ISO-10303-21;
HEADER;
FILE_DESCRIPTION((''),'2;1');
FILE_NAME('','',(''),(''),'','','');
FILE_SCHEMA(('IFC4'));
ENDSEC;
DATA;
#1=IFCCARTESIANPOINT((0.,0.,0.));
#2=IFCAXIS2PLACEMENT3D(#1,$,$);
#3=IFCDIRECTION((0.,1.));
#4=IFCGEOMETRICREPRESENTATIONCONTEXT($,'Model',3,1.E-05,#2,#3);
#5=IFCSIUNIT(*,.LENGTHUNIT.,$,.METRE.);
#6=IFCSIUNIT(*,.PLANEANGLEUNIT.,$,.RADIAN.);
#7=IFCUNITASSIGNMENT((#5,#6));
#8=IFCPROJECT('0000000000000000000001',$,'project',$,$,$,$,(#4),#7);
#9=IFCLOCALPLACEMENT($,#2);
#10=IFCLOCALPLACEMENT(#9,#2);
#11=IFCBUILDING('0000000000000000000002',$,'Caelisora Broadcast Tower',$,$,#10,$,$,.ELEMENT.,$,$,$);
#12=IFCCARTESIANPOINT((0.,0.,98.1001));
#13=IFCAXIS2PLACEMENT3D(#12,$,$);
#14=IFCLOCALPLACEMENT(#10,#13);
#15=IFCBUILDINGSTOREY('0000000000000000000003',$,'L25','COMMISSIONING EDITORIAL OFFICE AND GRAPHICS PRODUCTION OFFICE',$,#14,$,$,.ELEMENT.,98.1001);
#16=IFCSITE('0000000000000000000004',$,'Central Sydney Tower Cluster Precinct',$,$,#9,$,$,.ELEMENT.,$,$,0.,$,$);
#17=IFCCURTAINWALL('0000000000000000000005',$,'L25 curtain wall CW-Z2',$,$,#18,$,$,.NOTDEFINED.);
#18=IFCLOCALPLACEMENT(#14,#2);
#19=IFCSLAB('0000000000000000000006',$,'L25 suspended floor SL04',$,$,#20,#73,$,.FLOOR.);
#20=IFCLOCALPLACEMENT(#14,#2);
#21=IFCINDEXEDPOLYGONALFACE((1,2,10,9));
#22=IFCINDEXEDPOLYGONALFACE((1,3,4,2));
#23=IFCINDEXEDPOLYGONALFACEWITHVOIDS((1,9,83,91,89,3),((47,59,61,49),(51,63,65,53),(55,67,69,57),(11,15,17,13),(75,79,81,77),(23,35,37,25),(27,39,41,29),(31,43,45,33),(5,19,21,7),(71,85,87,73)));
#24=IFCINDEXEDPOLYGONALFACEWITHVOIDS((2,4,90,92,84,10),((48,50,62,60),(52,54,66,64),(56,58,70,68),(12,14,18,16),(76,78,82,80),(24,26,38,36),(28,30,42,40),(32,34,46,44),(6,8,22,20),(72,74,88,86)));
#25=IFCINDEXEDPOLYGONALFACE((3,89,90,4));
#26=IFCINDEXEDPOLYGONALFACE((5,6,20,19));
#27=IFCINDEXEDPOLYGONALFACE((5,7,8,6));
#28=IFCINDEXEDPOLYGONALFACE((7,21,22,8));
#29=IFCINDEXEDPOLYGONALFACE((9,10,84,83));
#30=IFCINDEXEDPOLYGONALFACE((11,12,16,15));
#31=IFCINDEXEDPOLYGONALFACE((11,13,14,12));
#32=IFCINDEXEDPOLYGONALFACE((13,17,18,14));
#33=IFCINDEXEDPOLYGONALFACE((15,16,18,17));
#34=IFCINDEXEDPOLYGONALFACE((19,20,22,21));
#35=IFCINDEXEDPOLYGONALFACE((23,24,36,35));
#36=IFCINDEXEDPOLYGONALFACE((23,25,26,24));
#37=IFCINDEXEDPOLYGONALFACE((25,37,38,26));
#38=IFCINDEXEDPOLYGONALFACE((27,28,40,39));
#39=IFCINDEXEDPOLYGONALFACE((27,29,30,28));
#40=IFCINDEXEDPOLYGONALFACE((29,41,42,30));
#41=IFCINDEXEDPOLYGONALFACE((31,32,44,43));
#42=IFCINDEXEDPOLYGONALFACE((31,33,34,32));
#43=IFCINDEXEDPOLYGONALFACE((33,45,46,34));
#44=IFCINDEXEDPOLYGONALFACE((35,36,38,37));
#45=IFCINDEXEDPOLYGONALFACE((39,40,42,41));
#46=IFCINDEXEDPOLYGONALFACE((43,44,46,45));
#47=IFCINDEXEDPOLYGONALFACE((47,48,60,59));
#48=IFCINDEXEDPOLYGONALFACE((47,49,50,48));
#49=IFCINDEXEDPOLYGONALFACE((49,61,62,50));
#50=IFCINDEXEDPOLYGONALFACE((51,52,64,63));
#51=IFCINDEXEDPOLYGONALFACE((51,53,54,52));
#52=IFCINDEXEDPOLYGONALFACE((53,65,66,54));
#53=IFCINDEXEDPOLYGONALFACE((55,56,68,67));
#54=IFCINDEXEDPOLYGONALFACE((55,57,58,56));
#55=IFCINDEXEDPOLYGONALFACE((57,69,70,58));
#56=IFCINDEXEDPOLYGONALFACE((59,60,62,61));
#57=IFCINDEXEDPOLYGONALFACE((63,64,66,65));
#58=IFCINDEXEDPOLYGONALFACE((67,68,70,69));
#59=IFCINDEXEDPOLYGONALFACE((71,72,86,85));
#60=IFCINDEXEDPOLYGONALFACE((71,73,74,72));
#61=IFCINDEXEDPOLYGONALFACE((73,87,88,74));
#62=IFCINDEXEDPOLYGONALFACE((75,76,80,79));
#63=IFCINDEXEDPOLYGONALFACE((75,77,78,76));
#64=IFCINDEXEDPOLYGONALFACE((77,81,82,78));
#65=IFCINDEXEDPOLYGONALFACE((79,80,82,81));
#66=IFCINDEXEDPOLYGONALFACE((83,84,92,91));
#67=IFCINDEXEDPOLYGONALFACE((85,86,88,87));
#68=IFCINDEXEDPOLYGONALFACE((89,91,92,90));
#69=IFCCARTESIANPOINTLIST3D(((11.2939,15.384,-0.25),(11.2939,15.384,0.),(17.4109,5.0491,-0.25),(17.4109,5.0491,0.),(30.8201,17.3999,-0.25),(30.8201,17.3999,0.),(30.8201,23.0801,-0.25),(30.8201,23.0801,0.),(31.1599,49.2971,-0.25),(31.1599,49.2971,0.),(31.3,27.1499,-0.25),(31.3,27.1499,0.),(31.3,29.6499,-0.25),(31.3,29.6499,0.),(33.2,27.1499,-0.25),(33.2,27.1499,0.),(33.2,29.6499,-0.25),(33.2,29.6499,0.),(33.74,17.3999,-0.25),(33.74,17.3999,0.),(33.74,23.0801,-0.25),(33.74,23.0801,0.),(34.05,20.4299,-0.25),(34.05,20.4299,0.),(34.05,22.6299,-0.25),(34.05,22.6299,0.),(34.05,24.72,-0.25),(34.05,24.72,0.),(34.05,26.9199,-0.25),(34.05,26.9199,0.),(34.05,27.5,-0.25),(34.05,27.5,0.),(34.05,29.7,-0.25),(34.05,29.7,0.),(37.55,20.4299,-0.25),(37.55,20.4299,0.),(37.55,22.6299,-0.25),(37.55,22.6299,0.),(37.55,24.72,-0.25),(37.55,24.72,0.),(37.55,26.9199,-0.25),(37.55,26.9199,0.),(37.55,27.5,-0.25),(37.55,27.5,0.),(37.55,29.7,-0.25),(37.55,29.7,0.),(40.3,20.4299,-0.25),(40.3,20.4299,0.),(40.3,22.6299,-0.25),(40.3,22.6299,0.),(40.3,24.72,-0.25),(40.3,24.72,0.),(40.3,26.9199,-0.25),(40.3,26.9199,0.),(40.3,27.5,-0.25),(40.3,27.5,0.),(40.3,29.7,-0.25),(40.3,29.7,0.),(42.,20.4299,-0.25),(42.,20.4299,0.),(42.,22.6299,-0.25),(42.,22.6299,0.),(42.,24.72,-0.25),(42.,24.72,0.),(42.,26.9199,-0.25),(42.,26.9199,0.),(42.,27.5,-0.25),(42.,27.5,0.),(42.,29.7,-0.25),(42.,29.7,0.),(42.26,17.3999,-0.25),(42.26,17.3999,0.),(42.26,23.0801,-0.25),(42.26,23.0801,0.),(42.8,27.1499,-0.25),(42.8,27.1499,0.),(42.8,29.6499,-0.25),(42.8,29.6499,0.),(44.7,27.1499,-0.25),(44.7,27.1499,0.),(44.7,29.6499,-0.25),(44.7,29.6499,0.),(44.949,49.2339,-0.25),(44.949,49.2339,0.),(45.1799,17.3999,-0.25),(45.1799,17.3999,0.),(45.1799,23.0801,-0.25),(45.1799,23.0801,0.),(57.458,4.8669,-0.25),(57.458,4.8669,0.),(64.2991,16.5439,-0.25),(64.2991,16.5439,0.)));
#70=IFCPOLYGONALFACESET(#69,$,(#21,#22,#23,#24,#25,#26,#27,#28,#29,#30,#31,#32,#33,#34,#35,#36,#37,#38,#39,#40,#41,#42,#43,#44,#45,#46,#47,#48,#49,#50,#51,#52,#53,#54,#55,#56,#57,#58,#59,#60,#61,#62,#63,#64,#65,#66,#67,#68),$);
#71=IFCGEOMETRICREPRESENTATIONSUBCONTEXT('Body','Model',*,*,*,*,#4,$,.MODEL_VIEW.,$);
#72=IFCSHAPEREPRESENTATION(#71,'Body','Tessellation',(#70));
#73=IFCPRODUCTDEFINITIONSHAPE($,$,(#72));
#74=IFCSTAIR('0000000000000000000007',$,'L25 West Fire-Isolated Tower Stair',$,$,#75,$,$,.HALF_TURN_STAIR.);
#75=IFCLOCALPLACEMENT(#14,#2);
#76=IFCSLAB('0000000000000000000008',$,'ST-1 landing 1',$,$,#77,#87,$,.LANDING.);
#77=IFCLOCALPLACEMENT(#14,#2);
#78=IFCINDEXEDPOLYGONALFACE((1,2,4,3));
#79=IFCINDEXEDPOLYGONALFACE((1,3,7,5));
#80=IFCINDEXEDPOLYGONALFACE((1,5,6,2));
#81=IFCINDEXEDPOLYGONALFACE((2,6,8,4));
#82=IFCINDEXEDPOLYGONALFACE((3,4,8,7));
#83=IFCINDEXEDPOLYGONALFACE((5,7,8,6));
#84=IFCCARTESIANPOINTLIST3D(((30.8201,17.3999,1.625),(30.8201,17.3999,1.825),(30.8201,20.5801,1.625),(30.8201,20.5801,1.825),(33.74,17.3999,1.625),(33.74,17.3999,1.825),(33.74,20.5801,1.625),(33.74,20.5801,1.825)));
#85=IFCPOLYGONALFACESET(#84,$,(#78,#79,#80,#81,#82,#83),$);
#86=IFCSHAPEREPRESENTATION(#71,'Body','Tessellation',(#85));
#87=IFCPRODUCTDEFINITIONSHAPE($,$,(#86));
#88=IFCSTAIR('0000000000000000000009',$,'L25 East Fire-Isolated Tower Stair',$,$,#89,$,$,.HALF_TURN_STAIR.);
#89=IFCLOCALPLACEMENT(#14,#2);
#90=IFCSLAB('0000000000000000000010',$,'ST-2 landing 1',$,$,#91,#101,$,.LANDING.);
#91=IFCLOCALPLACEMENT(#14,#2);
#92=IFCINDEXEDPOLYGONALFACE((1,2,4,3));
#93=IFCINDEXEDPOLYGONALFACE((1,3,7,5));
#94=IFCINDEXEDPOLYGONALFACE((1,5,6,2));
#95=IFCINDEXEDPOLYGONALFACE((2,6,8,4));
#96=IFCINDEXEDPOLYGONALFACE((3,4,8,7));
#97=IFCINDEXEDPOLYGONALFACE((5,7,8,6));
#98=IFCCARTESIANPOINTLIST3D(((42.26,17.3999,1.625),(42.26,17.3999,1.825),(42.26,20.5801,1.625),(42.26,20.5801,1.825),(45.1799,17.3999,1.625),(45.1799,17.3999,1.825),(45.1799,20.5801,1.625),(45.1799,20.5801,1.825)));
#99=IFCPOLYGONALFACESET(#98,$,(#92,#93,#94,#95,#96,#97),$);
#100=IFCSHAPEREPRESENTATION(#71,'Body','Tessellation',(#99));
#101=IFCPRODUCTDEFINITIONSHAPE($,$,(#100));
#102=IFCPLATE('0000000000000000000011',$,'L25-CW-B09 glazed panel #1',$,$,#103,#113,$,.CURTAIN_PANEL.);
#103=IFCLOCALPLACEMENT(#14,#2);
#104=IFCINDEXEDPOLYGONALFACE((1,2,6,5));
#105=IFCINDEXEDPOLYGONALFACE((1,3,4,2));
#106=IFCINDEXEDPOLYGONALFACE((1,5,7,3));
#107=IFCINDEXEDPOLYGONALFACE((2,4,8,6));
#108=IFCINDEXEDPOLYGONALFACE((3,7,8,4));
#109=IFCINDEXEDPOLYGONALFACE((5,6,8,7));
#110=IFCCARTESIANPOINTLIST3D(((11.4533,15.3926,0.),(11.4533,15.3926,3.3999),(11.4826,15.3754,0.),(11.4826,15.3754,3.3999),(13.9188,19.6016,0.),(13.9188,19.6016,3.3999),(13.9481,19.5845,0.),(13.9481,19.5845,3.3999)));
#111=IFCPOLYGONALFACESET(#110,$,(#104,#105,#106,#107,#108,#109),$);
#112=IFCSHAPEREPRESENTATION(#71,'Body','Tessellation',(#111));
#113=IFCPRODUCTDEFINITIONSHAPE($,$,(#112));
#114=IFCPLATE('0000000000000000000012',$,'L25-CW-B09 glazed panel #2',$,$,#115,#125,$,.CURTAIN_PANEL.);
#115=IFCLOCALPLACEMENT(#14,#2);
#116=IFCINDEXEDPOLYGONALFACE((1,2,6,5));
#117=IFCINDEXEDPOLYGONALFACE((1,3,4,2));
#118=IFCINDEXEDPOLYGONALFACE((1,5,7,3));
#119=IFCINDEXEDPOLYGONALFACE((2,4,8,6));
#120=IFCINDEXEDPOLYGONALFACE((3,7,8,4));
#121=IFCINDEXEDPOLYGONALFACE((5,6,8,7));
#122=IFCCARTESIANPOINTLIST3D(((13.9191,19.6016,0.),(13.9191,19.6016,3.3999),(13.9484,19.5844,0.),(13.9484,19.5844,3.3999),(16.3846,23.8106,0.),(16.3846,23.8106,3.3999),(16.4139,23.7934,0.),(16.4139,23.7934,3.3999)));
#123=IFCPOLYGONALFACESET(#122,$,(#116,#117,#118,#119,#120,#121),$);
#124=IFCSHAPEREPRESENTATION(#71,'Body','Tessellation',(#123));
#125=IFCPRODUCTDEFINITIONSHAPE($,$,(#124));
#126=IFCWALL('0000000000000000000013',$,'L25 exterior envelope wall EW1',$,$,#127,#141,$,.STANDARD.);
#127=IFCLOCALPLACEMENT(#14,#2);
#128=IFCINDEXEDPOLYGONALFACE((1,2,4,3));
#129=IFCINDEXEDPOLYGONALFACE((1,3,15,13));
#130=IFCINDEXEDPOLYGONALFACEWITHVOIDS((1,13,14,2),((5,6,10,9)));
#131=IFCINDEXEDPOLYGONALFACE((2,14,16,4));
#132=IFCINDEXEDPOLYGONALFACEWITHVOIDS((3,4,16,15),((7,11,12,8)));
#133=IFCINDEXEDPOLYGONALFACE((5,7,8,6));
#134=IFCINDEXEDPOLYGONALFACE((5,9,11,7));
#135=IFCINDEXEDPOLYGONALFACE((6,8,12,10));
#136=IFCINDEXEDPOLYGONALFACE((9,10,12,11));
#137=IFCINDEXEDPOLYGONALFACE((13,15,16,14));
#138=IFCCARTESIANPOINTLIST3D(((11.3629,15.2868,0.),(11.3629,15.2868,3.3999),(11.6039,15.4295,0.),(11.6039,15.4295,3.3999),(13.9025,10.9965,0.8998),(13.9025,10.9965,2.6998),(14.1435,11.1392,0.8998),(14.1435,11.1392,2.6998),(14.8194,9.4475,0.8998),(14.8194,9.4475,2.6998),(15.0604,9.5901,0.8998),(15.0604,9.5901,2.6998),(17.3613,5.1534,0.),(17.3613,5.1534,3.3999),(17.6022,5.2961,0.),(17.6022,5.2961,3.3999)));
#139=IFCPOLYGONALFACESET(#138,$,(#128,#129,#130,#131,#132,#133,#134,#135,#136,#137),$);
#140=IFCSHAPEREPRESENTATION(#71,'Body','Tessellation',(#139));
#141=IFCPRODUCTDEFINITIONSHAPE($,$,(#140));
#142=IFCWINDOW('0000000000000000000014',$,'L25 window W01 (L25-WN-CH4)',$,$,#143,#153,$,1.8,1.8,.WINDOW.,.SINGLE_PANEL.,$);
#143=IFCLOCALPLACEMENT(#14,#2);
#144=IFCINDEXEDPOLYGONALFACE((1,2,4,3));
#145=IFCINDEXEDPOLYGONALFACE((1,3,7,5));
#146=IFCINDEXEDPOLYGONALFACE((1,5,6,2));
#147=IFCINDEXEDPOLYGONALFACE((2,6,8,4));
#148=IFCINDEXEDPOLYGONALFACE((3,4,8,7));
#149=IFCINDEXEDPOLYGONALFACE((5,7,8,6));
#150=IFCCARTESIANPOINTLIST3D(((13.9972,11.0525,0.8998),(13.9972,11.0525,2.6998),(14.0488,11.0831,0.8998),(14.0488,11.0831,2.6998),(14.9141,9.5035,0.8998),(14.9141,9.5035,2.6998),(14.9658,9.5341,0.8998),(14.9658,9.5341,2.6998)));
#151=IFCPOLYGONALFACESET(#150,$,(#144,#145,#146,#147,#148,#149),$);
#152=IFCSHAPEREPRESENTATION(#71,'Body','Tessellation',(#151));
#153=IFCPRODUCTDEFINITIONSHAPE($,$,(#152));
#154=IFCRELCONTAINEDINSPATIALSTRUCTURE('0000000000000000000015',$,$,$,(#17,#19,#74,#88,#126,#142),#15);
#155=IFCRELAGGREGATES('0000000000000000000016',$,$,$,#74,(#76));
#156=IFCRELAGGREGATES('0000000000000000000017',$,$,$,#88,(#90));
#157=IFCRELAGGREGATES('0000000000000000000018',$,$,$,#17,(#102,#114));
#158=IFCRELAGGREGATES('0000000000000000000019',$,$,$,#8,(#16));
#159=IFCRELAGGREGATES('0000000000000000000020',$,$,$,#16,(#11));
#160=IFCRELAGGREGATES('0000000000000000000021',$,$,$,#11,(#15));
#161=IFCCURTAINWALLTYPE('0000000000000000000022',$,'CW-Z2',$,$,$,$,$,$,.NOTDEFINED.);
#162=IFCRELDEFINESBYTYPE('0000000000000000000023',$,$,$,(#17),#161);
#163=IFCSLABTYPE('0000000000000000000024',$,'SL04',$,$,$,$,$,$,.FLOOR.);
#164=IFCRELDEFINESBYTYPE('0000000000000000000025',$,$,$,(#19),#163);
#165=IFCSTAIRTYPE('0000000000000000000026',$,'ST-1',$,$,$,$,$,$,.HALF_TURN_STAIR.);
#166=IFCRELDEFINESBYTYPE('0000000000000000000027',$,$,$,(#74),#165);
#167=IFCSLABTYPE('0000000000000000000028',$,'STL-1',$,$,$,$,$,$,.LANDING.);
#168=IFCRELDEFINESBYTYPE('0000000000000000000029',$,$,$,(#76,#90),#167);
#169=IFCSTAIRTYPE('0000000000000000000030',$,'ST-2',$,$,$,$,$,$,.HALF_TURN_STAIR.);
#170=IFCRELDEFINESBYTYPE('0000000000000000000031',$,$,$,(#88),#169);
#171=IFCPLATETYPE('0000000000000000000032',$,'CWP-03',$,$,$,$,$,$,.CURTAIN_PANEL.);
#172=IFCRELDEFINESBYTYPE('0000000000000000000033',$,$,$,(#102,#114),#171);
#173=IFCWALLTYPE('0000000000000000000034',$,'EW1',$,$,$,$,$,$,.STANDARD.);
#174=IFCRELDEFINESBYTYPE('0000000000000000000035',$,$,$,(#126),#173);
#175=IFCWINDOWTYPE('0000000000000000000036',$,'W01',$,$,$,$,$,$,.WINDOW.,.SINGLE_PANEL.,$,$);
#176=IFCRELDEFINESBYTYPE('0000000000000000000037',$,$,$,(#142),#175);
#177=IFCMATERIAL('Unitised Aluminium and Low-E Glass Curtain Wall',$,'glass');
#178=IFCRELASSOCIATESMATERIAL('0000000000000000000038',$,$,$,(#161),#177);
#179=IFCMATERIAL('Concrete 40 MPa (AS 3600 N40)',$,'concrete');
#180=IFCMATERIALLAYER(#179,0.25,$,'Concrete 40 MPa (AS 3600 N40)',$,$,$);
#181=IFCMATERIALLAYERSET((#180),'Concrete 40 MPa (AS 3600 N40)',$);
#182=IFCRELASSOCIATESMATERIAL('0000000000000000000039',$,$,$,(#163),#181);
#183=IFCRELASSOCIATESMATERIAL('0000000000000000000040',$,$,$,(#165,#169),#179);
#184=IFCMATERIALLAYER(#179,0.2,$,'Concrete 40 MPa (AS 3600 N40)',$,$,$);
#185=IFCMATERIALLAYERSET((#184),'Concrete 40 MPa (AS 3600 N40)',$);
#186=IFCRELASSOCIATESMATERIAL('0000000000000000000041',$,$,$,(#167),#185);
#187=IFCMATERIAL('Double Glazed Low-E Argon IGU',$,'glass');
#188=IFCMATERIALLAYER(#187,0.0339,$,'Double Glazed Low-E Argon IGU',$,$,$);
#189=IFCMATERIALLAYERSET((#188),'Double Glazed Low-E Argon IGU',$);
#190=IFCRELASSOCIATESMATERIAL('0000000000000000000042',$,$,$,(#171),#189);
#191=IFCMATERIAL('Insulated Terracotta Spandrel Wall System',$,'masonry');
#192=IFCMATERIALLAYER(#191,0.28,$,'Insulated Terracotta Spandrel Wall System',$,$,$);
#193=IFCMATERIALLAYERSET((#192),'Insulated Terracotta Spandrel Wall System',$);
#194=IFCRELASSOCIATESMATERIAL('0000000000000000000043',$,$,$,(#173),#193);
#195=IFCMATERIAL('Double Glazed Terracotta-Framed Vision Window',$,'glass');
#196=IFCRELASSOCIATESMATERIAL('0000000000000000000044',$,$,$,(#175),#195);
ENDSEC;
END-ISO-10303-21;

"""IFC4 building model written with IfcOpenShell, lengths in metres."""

from ifc_helpers import new_model, si_unit, direction, frame, frame_2d, origin, origin_2d, place, context, subcontext, project, spatial, polyline, rectangle, outline, extrude, source, transform, mapped, material, layer, layer_set, type_object, type_shapes, element, fill, aggregate, save


model = new_model("IFC4")

# Units and contexts
model_context = context("Model", 3, precision=1e-05, world=origin(), true_north=direction((0.0, 1.0)))
body_context = subcontext(model_context, "Body", "Model", "MODEL_VIEW")
ifc_project = project(units=[si_unit("LENGTHUNIT", "METRE"), si_unit("PLANEANGLEUNIT", "RADIAN")], contexts=[model_context])

# Site, building, storey
site_placement = place(None, origin())
site = spatial("IfcSite", under=ifc_project, at=site_placement, Name="Central Sydney Tower Cluster Precinct", CompositionType="ELEMENT", RefElevation=0.0)
building_placement = place(site_placement, origin())
building = spatial("IfcBuilding", under=site, at=building_placement, Name="Caelisora Broadcast Tower", CompositionType="ELEMENT")
storey_placement = place(building_placement, frame((0.0, 0.0, 98.1001)))
storey = spatial("IfcBuildingStorey", under=building, at=storey_placement, Name="L25", Description="COMMISSIONING EDITORIAL OFFICE AND GRAPHICS PRODUCTION OFFICE", CompositionType="ELEMENT", Elevation=98.1001)

# Shared definitions
ifc_material_1 = material(Name="Unitised Aluminium and Low-E Glass Curtain Wall", Category="glass")
curtain_wall_type = type_object("IfcCurtainWallType", Name="CW-Z2", PredefinedType="NOTDEFINED", material=ifc_material_1)

# Curtain wall
curtain_wall_1_placement = place(storey_placement, origin())
curtain_wall_1 = element("IfcCurtainWall", 1, at=curtain_wall_1_placement, inside=storey, type_object=curtain_wall_type, Name="L25 curtain wall CW-Z2", PredefinedType="NOTDEFINED")

# Slab
ifc_material_2 = material(Name="Concrete 40 MPa (AS 3600 N40)", Category="concrete")
ifc_layer_1 = layer(ifc_material_2, 0.25, Name="Concrete 40 MPa (AS 3600 N40)")
ifc_layer_set_1 = layer_set([ifc_layer_1], Name="Concrete 40 MPa (AS 3600 N40)")
slab_type_1 = type_object("IfcSlabType", Name="SL04", PredefinedType="FLOOR", material=ifc_layer_set_1)
slab_1_placement = place(storey_placement, frame((0.0, 0.0, -0.25)))
element("IfcSlab", 2, at=slab_1_placement, inside=storey, type_object=slab_type_1, Name="L25 suspended floor SL04", PredefinedType="FLOOR", context=body_context, shape_type="SweptSolid", body=[
    extrude(outline(polyline([(44.949, 49.2339), (31.1599, 49.2971), (11.2939, 15.384), (17.4109, 5.0491), (57.458, 4.8669), (64.2991, 16.5439), (44.949, 49.2339)]), holes=[polyline([(30.8201, 17.3999), (33.74, 17.3999), (33.74, 23.0801), (30.8201, 23.0801), (30.8201, 17.3999)]), polyline([(42.26, 17.3999), (45.1799, 17.3999), (45.1799, 23.0801), (42.26, 23.0801), (42.26, 17.3999)]), polyline([(42.8, 27.1499), (44.7, 27.1499), (44.7, 29.6499), (42.8, 29.6499), (42.8, 27.1499)]), polyline([(40.3, 20.4299), (42.0, 20.4299), (42.0, 22.6299), (40.3, 22.6299), (40.3, 20.4299)]), polyline([(40.3, 24.72), (42.0, 24.72), (42.0, 26.9199), (40.3, 26.9199), (40.3, 24.72)]), polyline([(40.3, 27.5), (42.0, 27.5), (42.0, 29.7), (40.3, 29.7), (40.3, 27.5)]), polyline([(34.05, 20.4299), (37.55, 20.4299), (37.55, 22.6299), (34.05, 22.6299), (34.05, 20.4299)]), polyline([(34.05, 24.72), (37.55, 24.72), (37.55, 26.9199), (34.05, 26.9199), (34.05, 24.72)]), polyline([(34.05, 27.5), (37.55, 27.5), (37.55, 29.7), (34.05, 29.7), (34.05, 27.5)]), polyline([(31.3, 27.1499), (33.2, 27.1499), (33.2, 29.6499), (31.3, 29.6499), (31.3, 27.1499)])]), origin(), (0.0, 0.0, 1.0), 0.25),
])

# Stairs, slabs
stair_type_1 = type_object("IfcStairType", Name="ST-1", PredefinedType="HALF_TURN_STAIR", material=ifc_material_2)
stair_1_placement = place(storey_placement, origin())
stair_1 = element("IfcStair", 3, at=stair_1_placement, inside=storey, type_object=stair_type_1, Name="L25 West Fire-Isolated Tower Stair", PredefinedType="HALF_TURN_STAIR")
ifc_layer_2 = layer(ifc_material_2, 0.2, Name="Concrete 40 MPa (AS 3600 N40)")
ifc_layer_set_2 = layer_set([ifc_layer_2], Name="Concrete 40 MPa (AS 3600 N40)")
slab_type_2 = type_object("IfcSlabType", Name="STL-1", PredefinedType="LANDING", material=ifc_layer_set_2)
slab_2_placement = place(storey_placement, frame((0.0, 0.0, 1.625)))
slab_2 = element("IfcSlab", 4, at=slab_2_placement, type_object=slab_type_2, Name="ST-1 landing 1", PredefinedType="LANDING", context=body_context, shape_type="SweptSolid", body=[
    extrude(outline(polyline([(30.8201, 20.5801), (30.8201, 17.3999), (33.74, 17.3999), (33.74, 20.5801), (30.8201, 20.5801)])), origin(), (0.0, 0.0, 1.0), 0.2),
])
aggregate(stair_1, [slab_2])
stair_type_2 = type_object("IfcStairType", Name="ST-2", PredefinedType="HALF_TURN_STAIR", material=ifc_material_2)
stair_2_placement = place(storey_placement, origin())
stair_2 = element("IfcStair", 5, at=stair_2_placement, inside=storey, type_object=stair_type_2, Name="L25 East Fire-Isolated Tower Stair", PredefinedType="HALF_TURN_STAIR")
slab_3_placement = place(storey_placement, frame((0.0, 0.0, 1.625)))
slab_3 = element("IfcSlab", 6, at=slab_3_placement, type_object=slab_type_2, Name="ST-2 landing 1", PredefinedType="LANDING", context=body_context, shape_type="SweptSolid", body=[
    extrude(outline(polyline([(42.26, 20.5801), (42.26, 17.3999), (45.1799, 17.3999), (45.1799, 20.5801), (42.26, 20.5801)])), origin(), (0.0, 0.0, 1.0), 0.2),
])
aggregate(stair_2, [slab_3])

# Plates
ifc_material_3 = material(Name="Double Glazed Low-E Argon IGU", Category="glass")
ifc_layer_3 = layer(ifc_material_3, 0.0339, Name="Double Glazed Low-E Argon IGU")
ifc_layer_set_3 = layer_set([ifc_layer_3], Name="Double Glazed Low-E Argon IGU")
plate_type = type_object("IfcPlateType", Name="CWP-03", PredefinedType="CURTAIN_PANEL", material=ifc_layer_set_3)
shared_shape_1 = source(origin(), body_context, "Body", "SweptSolid", [
    extrude(rectangle(XDim=4.8779, YDim=0.0339, at=origin_2d()), origin(), (0.0, 0.0, 1.0), 3.3999),
])
type_shapes(plate_type, [shared_shape_1])
plate_1_placement = place(storey_placement, frame((12.7007, 17.4885, 0.0), z_axis=(0.0, 0.0, 1.0), x_axis=(0.505431, 0.862867, 0.0)))
plate_1 = element("IfcPlate", 7, at=plate_1_placement, type_object=plate_type, Name="L25-CW-B09 glazed panel #1", PredefinedType="CURTAIN_PANEL", context=body_context, shape_type="MappedRepresentation", body=[
    mapped(shared_shape_1, transform((0.0, 0.0, 0.0), scale=1.0)),
])
plate_2_placement = place(storey_placement, frame((15.1665, 21.6975, 0.0), z_axis=(0.0, 0.0, 1.0), x_axis=(0.505431, 0.862867, 0.0)))
plate_2 = element("IfcPlate", 8, at=plate_2_placement, type_object=plate_type, Name="L25-CW-B09 glazed panel #2", PredefinedType="CURTAIN_PANEL", context=body_context, shape_type="MappedRepresentation", body=[
    mapped(shared_shape_1, transform((0.0, 0.0, 0.0), scale=1.0)),
])
aggregate(curtain_wall_1, [plate_1, plate_2])

# Wall, opening, window
ifc_material_4 = material(Name="Insulated Terracotta Spandrel Wall System", Category="masonry")
ifc_layer_4 = layer(ifc_material_4, 0.28, Name="Insulated Terracotta Spandrel Wall System")
ifc_layer_set_4 = layer_set([ifc_layer_4], Name="Insulated Terracotta Spandrel Wall System")
wall_type_1 = type_object("IfcWallType", Name="EW1", PredefinedType="STANDARD", material=ifc_layer_set_4)
wall_1_placement = place(storey_placement, frame((17.4817, 5.2249, 0.0), z_axis=(0.0, 0.0, 1.0), x_axis=(-0.509386, 0.860538, 0.0)))
wall_1 = element("IfcWall", 9, at=wall_1_placement, inside=storey, type_object=wall_type_1, Name="L25 exterior envelope wall EW1", PredefinedType="STANDARD", context=body_context, shape_type="SweptSolid", body=[
    extrude(rectangle(XDim=11.7756, YDim=0.28, at=frame_2d((5.8877, 0.0))), origin(), (0.0, 0.0, 1.0), 3.3999),
])
opening_1_placement = place(wall_1_placement, frame((4.99, 0.0, 0.8999)))
opening_1 = element("IfcOpeningElement", 10, at=opening_1_placement, cuts=wall_1, PredefinedType="OPENING", context=body_context, shape_type="SweptSolid", body=[
    extrude(rectangle(XDim=1.8, YDim=1.8, at=frame_2d((0.8999, 0.8999))), frame((0.0, 0.1521, 0.0), z_axis=(0.0, -1.0, 0.0), x_axis=(1.0, 0.0, 0.0)), (0.0, 0.0, 1.0), 0.304),
])
ifc_material_5 = material(Name="Double Glazed Terracotta-Framed Vision Window", Category="glass")
window_type = type_object("IfcWindowType", Name="W01", PartitioningType="SINGLE_PANEL", PredefinedType="WINDOW", material=ifc_material_5)
window_placement = place(opening_1_placement, origin())
window = element("IfcWindow", 11, at=window_placement, inside=storey, type_object=window_type, Name="L25 window W01 (L25-WN-CH4)", OverallHeight=1.8, OverallWidth=1.8, PartitioningType="SINGLE_PANEL", PredefinedType="WINDOW", context=body_context, shape_type="SweptSolid", body=[
    extrude(rectangle(XDim=1.8, YDim=1.8, at=frame_2d((0.8999, 0.8999))), frame((0.0, 0.03, 0.0), z_axis=(0.0, -1.0, 0.0), x_axis=(1.0, 0.0, 0.0)), (0.0, 0.0, 1.0), 0.0601),
])
fill(opening_1, window)

save(model, "model.ifc")
